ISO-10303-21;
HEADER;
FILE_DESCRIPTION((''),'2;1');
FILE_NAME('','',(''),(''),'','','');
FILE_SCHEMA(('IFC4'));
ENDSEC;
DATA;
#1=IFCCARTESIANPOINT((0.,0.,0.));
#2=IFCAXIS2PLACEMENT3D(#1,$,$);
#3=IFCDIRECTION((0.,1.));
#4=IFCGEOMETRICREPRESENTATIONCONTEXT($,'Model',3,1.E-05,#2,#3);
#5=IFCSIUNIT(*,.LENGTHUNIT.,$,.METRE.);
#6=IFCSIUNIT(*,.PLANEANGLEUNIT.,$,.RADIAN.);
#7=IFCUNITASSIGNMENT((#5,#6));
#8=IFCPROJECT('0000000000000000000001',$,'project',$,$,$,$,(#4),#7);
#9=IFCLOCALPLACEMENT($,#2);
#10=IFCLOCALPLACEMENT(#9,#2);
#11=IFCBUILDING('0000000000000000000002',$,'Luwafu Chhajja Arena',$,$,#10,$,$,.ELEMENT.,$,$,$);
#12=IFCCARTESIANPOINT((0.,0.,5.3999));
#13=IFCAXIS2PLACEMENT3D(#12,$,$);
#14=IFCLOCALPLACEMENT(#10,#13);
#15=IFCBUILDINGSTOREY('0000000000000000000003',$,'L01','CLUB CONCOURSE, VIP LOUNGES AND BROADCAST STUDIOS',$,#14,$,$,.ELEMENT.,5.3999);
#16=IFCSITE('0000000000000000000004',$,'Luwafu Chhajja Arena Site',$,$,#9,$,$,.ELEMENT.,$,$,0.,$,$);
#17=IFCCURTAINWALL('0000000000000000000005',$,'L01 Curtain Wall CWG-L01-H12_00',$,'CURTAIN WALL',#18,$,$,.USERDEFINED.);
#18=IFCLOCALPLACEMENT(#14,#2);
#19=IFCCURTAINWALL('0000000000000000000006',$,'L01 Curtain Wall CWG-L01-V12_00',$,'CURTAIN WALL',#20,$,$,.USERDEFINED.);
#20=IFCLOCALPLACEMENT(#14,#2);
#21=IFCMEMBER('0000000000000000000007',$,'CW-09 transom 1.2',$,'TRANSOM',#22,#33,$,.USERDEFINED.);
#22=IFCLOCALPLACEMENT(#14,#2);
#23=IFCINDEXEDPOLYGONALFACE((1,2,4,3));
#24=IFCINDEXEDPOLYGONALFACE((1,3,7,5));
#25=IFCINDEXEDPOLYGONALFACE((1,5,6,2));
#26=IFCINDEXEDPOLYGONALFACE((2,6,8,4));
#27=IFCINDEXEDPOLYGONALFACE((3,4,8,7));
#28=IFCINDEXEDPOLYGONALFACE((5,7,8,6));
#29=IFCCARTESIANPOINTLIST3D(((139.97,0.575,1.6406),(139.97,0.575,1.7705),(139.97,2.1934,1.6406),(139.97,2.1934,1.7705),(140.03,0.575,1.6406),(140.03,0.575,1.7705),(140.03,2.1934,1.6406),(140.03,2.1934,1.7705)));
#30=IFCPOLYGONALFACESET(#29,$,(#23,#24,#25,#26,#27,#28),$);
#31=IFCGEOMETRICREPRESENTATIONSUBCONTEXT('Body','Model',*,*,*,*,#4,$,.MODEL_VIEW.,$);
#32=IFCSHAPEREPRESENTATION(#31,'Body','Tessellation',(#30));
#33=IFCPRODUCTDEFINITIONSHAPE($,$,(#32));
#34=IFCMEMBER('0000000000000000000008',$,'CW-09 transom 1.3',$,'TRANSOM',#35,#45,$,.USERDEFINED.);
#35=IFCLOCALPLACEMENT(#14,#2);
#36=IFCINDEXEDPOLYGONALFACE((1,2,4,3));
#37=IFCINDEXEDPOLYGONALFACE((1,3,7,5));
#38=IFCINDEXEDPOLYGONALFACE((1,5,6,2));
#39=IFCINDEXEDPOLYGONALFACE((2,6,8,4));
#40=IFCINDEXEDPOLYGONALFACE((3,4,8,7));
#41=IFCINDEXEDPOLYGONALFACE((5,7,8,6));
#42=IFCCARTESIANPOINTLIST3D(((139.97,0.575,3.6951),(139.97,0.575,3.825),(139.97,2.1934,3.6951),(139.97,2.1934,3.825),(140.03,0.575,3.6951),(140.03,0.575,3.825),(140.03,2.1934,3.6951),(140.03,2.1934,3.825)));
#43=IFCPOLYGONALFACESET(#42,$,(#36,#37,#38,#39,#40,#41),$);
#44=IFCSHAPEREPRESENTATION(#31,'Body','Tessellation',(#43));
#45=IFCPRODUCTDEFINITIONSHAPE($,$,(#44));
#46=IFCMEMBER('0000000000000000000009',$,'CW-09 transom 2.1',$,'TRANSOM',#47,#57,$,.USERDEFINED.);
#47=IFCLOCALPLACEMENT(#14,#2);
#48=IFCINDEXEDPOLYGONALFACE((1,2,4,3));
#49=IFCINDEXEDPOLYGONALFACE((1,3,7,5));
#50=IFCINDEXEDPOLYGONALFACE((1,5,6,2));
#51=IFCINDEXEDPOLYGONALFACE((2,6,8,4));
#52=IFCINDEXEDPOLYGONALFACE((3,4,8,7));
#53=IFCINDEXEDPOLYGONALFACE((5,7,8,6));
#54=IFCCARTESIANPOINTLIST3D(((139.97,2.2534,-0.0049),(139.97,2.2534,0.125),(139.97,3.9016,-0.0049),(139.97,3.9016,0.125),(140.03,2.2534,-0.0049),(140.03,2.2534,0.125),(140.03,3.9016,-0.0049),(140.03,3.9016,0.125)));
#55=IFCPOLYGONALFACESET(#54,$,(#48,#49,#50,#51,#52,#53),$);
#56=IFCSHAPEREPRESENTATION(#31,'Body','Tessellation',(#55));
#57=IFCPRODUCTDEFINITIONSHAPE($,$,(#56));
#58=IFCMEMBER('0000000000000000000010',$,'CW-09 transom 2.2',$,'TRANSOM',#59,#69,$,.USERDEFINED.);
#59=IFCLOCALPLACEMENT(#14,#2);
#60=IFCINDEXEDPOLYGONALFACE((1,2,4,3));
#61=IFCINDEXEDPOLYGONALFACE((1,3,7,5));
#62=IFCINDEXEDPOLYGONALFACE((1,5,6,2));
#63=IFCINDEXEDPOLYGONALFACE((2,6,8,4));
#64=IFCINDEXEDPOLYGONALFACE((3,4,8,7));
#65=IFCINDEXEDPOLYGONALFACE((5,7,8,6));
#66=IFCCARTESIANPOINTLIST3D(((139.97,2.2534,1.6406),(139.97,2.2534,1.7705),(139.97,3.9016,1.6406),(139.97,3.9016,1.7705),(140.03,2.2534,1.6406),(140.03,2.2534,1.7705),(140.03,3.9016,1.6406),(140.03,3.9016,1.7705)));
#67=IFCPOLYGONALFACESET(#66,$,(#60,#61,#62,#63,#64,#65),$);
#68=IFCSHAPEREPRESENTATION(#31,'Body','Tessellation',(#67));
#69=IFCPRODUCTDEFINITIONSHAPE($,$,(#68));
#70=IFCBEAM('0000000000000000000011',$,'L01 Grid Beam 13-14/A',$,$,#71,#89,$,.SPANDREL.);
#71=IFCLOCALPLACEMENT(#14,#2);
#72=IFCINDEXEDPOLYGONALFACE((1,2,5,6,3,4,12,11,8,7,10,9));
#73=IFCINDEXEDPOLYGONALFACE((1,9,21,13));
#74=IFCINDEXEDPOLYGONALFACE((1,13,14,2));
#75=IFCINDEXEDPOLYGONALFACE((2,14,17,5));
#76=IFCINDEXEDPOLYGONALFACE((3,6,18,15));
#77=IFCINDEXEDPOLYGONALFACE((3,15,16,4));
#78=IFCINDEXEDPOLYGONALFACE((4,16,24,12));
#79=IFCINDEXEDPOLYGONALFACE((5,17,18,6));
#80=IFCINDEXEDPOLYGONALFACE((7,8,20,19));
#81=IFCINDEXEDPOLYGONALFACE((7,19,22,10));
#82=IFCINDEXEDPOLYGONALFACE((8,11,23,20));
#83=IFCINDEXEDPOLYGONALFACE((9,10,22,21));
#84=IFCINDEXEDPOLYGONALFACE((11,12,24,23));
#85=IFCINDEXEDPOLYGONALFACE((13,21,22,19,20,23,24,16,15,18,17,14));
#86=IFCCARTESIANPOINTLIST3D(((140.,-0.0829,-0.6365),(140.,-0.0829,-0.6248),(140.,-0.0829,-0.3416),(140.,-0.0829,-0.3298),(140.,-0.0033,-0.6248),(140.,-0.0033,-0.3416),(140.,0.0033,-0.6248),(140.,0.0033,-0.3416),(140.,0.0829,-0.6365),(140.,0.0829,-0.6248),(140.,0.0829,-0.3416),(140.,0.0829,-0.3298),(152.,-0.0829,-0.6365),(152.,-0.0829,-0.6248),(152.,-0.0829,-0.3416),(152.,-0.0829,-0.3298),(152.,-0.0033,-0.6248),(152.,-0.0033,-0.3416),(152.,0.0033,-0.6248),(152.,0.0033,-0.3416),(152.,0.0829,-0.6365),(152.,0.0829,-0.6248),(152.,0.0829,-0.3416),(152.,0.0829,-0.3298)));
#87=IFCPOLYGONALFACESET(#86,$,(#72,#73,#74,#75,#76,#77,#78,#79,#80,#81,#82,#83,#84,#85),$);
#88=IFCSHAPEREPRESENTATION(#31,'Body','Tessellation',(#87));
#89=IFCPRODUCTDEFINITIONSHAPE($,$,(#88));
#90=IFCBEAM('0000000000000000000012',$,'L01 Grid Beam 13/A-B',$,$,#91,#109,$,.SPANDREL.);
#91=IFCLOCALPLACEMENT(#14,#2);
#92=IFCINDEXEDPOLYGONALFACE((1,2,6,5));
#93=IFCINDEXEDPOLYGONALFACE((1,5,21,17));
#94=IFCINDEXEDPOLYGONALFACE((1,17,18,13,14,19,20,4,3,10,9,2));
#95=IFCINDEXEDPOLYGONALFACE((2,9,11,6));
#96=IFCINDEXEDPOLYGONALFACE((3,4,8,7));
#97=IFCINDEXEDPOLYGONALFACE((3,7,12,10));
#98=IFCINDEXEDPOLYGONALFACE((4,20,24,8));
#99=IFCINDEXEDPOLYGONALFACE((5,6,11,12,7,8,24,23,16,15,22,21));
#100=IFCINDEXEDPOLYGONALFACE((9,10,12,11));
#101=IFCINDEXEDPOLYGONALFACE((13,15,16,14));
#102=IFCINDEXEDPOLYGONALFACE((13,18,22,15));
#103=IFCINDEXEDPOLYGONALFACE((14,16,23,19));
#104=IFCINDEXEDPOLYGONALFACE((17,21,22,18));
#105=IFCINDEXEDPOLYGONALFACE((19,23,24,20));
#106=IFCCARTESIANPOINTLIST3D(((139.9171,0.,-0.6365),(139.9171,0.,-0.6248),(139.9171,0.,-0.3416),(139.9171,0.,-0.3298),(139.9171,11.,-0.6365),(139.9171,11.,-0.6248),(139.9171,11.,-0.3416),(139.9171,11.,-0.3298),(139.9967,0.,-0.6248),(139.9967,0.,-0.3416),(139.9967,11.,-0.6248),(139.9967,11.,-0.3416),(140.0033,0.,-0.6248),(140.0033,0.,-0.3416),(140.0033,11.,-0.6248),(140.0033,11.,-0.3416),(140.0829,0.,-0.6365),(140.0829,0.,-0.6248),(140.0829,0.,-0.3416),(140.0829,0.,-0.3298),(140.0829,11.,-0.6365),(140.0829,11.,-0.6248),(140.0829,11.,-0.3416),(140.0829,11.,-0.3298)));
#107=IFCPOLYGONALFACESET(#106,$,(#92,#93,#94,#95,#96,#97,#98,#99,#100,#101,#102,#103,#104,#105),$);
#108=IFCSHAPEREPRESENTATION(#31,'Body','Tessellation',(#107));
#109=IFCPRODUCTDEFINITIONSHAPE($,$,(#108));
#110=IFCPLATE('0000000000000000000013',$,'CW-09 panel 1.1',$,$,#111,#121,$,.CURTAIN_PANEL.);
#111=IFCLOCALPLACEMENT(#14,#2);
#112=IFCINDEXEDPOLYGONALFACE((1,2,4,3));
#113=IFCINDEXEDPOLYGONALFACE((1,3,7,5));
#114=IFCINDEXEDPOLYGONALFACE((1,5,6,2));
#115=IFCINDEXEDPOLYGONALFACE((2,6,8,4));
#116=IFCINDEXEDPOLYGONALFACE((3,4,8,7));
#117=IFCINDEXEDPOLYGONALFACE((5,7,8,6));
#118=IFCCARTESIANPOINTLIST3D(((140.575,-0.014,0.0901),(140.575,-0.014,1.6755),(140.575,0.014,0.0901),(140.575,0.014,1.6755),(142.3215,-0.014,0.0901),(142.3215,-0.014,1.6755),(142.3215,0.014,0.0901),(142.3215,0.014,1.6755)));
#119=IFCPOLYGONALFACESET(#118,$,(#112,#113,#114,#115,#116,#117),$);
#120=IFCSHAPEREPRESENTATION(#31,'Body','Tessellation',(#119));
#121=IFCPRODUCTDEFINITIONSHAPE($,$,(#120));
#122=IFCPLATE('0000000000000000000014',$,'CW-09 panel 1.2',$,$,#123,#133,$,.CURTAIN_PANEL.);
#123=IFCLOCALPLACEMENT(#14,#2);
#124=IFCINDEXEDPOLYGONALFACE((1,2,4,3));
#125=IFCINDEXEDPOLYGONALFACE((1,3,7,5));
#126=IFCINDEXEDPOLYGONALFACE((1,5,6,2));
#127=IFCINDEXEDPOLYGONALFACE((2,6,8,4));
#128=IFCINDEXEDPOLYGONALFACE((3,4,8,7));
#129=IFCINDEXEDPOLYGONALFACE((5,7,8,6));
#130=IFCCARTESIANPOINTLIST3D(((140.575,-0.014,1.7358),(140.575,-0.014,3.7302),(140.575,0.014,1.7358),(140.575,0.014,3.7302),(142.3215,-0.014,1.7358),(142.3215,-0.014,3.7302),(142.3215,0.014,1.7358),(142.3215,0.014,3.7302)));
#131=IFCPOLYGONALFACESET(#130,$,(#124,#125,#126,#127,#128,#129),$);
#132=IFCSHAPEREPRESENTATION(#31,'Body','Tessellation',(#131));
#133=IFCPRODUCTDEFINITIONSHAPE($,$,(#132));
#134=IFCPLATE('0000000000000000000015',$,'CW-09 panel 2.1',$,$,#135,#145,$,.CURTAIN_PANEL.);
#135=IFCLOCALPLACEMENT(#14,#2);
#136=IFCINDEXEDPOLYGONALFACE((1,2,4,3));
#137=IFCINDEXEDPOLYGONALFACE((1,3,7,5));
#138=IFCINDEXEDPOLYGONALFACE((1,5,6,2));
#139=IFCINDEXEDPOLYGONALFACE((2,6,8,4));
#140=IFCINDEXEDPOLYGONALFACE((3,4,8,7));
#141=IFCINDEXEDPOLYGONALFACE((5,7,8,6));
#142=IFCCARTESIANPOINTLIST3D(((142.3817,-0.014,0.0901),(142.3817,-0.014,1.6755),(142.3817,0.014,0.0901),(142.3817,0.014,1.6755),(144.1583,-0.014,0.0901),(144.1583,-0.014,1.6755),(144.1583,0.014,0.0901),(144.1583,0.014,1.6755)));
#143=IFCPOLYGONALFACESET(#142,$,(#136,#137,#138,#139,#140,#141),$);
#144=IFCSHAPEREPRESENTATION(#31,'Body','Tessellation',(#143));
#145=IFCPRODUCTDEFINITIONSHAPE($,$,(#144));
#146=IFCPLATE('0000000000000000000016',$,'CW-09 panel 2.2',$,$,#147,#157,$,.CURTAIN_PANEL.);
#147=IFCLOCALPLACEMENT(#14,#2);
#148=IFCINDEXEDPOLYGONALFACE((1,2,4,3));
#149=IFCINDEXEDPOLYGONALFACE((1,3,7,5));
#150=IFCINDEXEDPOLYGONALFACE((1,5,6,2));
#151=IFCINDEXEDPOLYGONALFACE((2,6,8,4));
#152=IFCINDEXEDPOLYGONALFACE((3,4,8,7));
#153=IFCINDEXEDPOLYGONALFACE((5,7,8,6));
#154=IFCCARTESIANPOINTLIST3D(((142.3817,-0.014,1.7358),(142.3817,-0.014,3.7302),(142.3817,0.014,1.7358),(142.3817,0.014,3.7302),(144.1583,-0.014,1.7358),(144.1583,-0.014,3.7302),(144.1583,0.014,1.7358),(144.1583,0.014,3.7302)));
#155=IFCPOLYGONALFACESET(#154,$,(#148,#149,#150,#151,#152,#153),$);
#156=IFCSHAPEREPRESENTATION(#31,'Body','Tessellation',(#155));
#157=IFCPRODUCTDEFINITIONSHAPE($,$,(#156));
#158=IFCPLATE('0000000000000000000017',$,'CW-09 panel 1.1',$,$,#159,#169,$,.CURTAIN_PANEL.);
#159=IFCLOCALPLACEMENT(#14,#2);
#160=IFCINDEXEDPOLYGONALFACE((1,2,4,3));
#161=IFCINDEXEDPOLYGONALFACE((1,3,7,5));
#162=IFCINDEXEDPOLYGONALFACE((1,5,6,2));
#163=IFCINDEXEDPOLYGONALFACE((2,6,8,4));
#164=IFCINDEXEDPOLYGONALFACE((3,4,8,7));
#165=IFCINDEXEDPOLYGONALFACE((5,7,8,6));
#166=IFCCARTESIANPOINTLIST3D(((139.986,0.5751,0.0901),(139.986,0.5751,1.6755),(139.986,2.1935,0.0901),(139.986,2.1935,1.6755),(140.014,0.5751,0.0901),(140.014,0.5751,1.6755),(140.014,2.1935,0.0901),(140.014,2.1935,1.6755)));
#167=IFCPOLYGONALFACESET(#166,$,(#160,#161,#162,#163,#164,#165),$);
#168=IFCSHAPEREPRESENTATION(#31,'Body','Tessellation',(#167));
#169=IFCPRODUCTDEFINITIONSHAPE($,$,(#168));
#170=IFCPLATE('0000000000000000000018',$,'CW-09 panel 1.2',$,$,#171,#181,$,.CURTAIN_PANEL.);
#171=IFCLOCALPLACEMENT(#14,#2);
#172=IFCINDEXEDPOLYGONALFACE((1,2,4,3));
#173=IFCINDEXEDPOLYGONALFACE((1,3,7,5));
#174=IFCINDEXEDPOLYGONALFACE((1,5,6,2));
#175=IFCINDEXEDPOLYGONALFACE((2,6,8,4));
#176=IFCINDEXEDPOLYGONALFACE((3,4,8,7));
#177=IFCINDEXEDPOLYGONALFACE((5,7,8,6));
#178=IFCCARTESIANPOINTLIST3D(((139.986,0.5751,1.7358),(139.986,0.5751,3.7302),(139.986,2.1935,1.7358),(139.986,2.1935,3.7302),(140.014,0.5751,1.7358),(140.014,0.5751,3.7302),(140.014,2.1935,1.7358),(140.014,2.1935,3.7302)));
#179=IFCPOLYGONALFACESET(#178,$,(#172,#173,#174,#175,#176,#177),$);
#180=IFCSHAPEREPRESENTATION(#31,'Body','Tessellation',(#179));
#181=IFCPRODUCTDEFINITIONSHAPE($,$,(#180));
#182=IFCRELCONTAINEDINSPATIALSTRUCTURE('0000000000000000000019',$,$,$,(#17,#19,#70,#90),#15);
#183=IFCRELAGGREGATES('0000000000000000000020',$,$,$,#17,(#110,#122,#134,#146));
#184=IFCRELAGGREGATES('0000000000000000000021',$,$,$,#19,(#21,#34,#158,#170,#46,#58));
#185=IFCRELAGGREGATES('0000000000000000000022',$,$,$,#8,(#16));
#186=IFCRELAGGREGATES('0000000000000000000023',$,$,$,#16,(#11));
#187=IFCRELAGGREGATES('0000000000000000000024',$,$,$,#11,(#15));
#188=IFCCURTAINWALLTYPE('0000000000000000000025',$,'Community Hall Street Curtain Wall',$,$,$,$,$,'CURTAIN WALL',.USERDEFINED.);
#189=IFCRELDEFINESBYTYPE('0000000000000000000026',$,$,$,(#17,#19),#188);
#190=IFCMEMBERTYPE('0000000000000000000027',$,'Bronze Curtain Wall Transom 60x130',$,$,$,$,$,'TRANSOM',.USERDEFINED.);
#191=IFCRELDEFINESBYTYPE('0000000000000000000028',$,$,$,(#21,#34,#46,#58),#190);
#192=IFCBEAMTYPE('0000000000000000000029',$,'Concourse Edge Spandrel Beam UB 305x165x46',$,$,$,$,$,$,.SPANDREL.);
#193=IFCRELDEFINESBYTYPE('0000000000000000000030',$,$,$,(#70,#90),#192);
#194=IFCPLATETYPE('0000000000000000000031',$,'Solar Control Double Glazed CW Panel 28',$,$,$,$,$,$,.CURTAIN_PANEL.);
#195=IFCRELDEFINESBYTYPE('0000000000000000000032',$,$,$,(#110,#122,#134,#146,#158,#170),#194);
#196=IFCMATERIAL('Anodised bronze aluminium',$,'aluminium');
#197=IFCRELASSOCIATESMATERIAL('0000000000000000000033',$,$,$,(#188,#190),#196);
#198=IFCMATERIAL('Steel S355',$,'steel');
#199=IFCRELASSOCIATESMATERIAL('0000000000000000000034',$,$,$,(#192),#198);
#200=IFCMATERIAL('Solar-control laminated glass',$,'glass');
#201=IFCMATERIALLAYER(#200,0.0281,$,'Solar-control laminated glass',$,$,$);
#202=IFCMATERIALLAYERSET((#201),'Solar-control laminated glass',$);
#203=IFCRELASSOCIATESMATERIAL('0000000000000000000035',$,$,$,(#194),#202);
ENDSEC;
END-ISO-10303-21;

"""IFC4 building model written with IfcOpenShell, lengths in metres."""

from ifc_helpers import new_model, si_unit, direction, frame, origin, origin_2d, place, context, subcontext, project, spatial, rectangle, i_section, extrude, material, layer, layer_set, material_profile, profile_set, type_object, element, aggregate, save


model = new_model("IFC4")

# Units and contexts
model_context = context("Model", 3, precision=1e-05, world=origin(), true_north=direction((0.0, 1.0)))
body_context = subcontext(model_context, "Body", "Model", "MODEL_VIEW")
ifc_project = project(units=[si_unit("LENGTHUNIT", "METRE"), si_unit("PLANEANGLEUNIT", "RADIAN")], contexts=[model_context])

# Site, building, storey
site_placement = place(None, origin())
site = spatial("IfcSite", under=ifc_project, at=site_placement, Name="Luwafu Chhajja Arena Site", CompositionType="ELEMENT", RefElevation=0.0)
building_placement = place(site_placement, origin())
building = spatial("IfcBuilding", under=site, at=building_placement, Name="Luwafu Chhajja Arena", CompositionType="ELEMENT")
storey_placement = place(building_placement, frame((0.0, 0.0, 5.3999)))
storey = spatial("IfcBuildingStorey", under=building, at=storey_placement, Name="L01", Description="CLUB CONCOURSE, VIP LOUNGES AND BROADCAST STUDIOS", CompositionType="ELEMENT", Elevation=5.3999)

# Curtain walls
ifc_material_1 = material(Name="Anodised bronze aluminium", Category="aluminium")
curtain_wall_type = type_object("IfcCurtainWallType", Name="Community Hall Street Curtain Wall", ElementType="CURTAIN WALL", PredefinedType="USERDEFINED", material=ifc_material_1)
curtain_wall_1_placement = place(storey_placement, origin())
curtain_wall_1 = element("IfcCurtainWall", 1, at=curtain_wall_1_placement, inside=storey, type_object=curtain_wall_type, Name="L01 Curtain Wall CWG-L01-H12_00", ObjectType="CURTAIN WALL", PredefinedType="USERDEFINED")
curtain_wall_2_placement = place(storey_placement, origin())
curtain_wall_2 = element("IfcCurtainWall", 2, at=curtain_wall_2_placement, inside=storey, type_object=curtain_wall_type, Name="L01 Curtain Wall CWG-L01-V12_00", ObjectType="CURTAIN WALL", PredefinedType="USERDEFINED")

# Members
ifc_material_profile_1 = material_profile(ifc_material_1, rectangle(XDim=0.0601, YDim=0.1299, at=origin_2d()), Name="CWT 60x130")
ifc_profile_set_1 = profile_set([ifc_material_profile_1], Name="Anodised bronze aluminium")
member_type_1 = type_object("IfcMemberType", Name="Bronze Curtain Wall Transom 60x130", ElementType="TRANSOM", PredefinedType="USERDEFINED", material=ifc_profile_set_1)
member_1_placement = place(storey_placement, frame((140.0, 0.575, 1.7056), z_axis=(0.0, 1.0, 0.0), x_axis=(-1.0, 0.0, 0.0)))
member_1 = element("IfcMember", 3, at=member_1_placement, type_object=member_type_1, Name="CW-09 transom 1.2", ObjectType="TRANSOM", PredefinedType="USERDEFINED", context=body_context, shape_type="SweptSolid", body=[
    extrude(rectangle(XDim=0.0601, YDim=0.1299, at=origin_2d()), origin(), (0.0, 0.0, 1.0), 1.6184),
])
member_2_placement = place(storey_placement, frame((140.0, 0.575, 3.76), z_axis=(0.0, 1.0, 0.0), x_axis=(-1.0, 0.0, 0.0)))
member_2 = element("IfcMember", 4, at=member_2_placement, type_object=member_type_1, Name="CW-09 transom 1.3", ObjectType="TRANSOM", PredefinedType="USERDEFINED", context=body_context, shape_type="SweptSolid", body=[
    extrude(rectangle(XDim=0.0601, YDim=0.1299, at=origin_2d()), origin(), (0.0, 0.0, 1.0), 1.6184),
])
member_3_placement = place(storey_placement, frame((140.0, 2.2534, 0.0601), z_axis=(0.0, 1.0, 0.0), x_axis=(-1.0, 0.0, 0.0)))
member_3 = element("IfcMember", 5, at=member_3_placement, type_object=member_type_1, Name="CW-09 transom 2.1", ObjectType="TRANSOM", PredefinedType="USERDEFINED", context=body_context, shape_type="SweptSolid", body=[
    extrude(rectangle(XDim=0.0601, YDim=0.1299, at=origin_2d()), origin(), (0.0, 0.0, 1.0), 1.6482),
])
member_4_placement = place(storey_placement, frame((140.0, 2.2534, 1.7056), z_axis=(0.0, 1.0, 0.0), x_axis=(-1.0, 0.0, 0.0)))
member_4 = element("IfcMember", 6, at=member_4_placement, type_object=member_type_1, Name="CW-09 transom 2.2", ObjectType="TRANSOM", PredefinedType="USERDEFINED", context=body_context, shape_type="SweptSolid", body=[
    extrude(rectangle(XDim=0.0601, YDim=0.1299, at=origin_2d()), origin(), (0.0, 0.0, 1.0), 1.6482),
])

# Beams
ifc_material_2 = material(Name="Steel S355", Category="steel")
ifc_material_profile_2 = material_profile(ifc_material_2, i_section(OverallWidth=0.1658, OverallDepth=0.3066, WebThickness=0.0066, FlangeThickness=0.0117, at=origin_2d()), Name="UB 305x165x46")
ifc_profile_set_2 = profile_set([ifc_material_profile_2], Name="Steel S355")
beam_type = type_object("IfcBeamType", Name="Concourse Edge Spandrel Beam UB 305x165x46", PredefinedType="SPANDREL", material=ifc_profile_set_2)
beam_1_placement = place(storey_placement, frame((140.0, 0.0, -0.4832), z_axis=(1.0, 0.0, 0.0), x_axis=(0.0, 1.0, 0.0)))
element("IfcBeam", 7, at=beam_1_placement, inside=storey, type_object=beam_type, Name="L01 Grid Beam 13-14/A", PredefinedType="SPANDREL", context=body_context, shape_type="SweptSolid", body=[
    extrude(i_section(OverallWidth=0.1658, OverallDepth=0.3066, WebThickness=0.0066, FlangeThickness=0.0117, at=origin_2d()), origin(), (0.0, 0.0, 1.0), 12.0),
])
beam_2_placement = place(storey_placement, frame((140.0, 0.0, -0.4832), z_axis=(0.0, 1.0, 0.0), x_axis=(-1.0, 0.0, 0.0)))
element("IfcBeam", 8, at=beam_2_placement, inside=storey, type_object=beam_type, Name="L01 Grid Beam 13/A-B", PredefinedType="SPANDREL", context=body_context, shape_type="SweptSolid", body=[
    extrude(i_section(OverallWidth=0.1658, OverallDepth=0.3066, WebThickness=0.0066, FlangeThickness=0.0117, at=origin_2d()), origin(), (0.0, 0.0, 1.0), 11.0),
])

# Plates
ifc_material_3 = material(Name="Solar-control laminated glass", Category="glass")
ifc_layer_1 = layer(ifc_material_3, 0.0281, Name="Solar-control laminated glass")
ifc_layer_set_1 = layer_set([ifc_layer_1], Name="Solar-control laminated glass")
plate_type = type_object("IfcPlateType", Name="Solar Control Double Glazed CW Panel 28", PredefinedType="CURTAIN_PANEL", material=ifc_layer_set_1)
plate_1_placement = place(storey_placement, frame((141.4482, 0.0, 0.0901), z_axis=(0.0, 0.0, 1.0), x_axis=(1.0, 0.0, 0.0)))
plate_1 = element("IfcPlate", 9, at=plate_1_placement, type_object=plate_type, Name="CW-09 panel 1.1", PredefinedType="CURTAIN_PANEL", context=body_context, shape_type="SweptSolid", body=[
    extrude(rectangle(XDim=1.7466, YDim=0.0281, at=origin_2d()), origin(), (0.0, 0.0, 1.0), 1.5854),
])
plate_2_placement = place(storey_placement, frame((141.4482, 0.0, 1.7358), z_axis=(0.0, 0.0, 1.0), x_axis=(1.0, 0.0, 0.0)))
plate_2 = element("IfcPlate", 10, at=plate_2_placement, type_object=plate_type, Name="CW-09 panel 1.2", PredefinedType="CURTAIN_PANEL", context=body_context, shape_type="SweptSolid", body=[
    extrude(rectangle(XDim=1.7466, YDim=0.0281, at=origin_2d()), origin(), (0.0, 0.0, 1.0), 1.9944),
])
plate_3_placement = place(storey_placement, frame((143.27, 0.0, 0.0901), z_axis=(0.0, 0.0, 1.0), x_axis=(1.0, 0.0, 0.0)))
plate_3 = element("IfcPlate", 11, at=plate_3_placement, type_object=plate_type, Name="CW-09 panel 2.1", PredefinedType="CURTAIN_PANEL", context=body_context, shape_type="SweptSolid", body=[
    extrude(rectangle(XDim=1.7766, YDim=0.0281, at=origin_2d()), origin(), (0.0, 0.0, 1.0), 1.5854),
])
plate_4_placement = place(storey_placement, frame((143.27, 0.0, 1.7358), z_axis=(0.0, 0.0, 1.0), x_axis=(1.0, 0.0, 0.0)))
plate_4 = element("IfcPlate", 12, at=plate_4_placement, type_object=plate_type, Name="CW-09 panel 2.2", PredefinedType="CURTAIN_PANEL", context=body_context, shape_type="SweptSolid", body=[
    extrude(rectangle(XDim=1.7766, YDim=0.0281, at=origin_2d()), origin(), (0.0, 0.0, 1.0), 1.9944),
])
aggregate(curtain_wall_1, [plate_1, plate_2, plate_3, plate_4])
plate_5_placement = place(storey_placement, frame((140.0, 1.3843, 0.0901), z_axis=(0.0, 0.0, 1.0), x_axis=(0.0, 1.0, 0.0)))
plate_5 = element("IfcPlate", 13, at=plate_5_placement, type_object=plate_type, Name="CW-09 panel 1.1", PredefinedType="CURTAIN_PANEL", context=body_context, shape_type="SweptSolid", body=[
    extrude(rectangle(XDim=1.6184, YDim=0.0281, at=origin_2d()), origin(), (0.0, 0.0, 1.0), 1.5854),
])
plate_6_placement = place(storey_placement, frame((140.0, 1.3843, 1.7358), z_axis=(0.0, 0.0, 1.0), x_axis=(0.0, 1.0, 0.0)))
plate_6 = element("IfcPlate", 14, at=plate_6_placement, type_object=plate_type, Name="CW-09 panel 1.2", PredefinedType="CURTAIN_PANEL", context=body_context, shape_type="SweptSolid", body=[
    extrude(rectangle(XDim=1.6184, YDim=0.0281, at=origin_2d()), origin(), (0.0, 0.0, 1.0), 1.9944),
])
aggregate(curtain_wall_2, [member_1, member_2, plate_5, plate_6, member_3, member_4])

save(model, "model.ifc")
